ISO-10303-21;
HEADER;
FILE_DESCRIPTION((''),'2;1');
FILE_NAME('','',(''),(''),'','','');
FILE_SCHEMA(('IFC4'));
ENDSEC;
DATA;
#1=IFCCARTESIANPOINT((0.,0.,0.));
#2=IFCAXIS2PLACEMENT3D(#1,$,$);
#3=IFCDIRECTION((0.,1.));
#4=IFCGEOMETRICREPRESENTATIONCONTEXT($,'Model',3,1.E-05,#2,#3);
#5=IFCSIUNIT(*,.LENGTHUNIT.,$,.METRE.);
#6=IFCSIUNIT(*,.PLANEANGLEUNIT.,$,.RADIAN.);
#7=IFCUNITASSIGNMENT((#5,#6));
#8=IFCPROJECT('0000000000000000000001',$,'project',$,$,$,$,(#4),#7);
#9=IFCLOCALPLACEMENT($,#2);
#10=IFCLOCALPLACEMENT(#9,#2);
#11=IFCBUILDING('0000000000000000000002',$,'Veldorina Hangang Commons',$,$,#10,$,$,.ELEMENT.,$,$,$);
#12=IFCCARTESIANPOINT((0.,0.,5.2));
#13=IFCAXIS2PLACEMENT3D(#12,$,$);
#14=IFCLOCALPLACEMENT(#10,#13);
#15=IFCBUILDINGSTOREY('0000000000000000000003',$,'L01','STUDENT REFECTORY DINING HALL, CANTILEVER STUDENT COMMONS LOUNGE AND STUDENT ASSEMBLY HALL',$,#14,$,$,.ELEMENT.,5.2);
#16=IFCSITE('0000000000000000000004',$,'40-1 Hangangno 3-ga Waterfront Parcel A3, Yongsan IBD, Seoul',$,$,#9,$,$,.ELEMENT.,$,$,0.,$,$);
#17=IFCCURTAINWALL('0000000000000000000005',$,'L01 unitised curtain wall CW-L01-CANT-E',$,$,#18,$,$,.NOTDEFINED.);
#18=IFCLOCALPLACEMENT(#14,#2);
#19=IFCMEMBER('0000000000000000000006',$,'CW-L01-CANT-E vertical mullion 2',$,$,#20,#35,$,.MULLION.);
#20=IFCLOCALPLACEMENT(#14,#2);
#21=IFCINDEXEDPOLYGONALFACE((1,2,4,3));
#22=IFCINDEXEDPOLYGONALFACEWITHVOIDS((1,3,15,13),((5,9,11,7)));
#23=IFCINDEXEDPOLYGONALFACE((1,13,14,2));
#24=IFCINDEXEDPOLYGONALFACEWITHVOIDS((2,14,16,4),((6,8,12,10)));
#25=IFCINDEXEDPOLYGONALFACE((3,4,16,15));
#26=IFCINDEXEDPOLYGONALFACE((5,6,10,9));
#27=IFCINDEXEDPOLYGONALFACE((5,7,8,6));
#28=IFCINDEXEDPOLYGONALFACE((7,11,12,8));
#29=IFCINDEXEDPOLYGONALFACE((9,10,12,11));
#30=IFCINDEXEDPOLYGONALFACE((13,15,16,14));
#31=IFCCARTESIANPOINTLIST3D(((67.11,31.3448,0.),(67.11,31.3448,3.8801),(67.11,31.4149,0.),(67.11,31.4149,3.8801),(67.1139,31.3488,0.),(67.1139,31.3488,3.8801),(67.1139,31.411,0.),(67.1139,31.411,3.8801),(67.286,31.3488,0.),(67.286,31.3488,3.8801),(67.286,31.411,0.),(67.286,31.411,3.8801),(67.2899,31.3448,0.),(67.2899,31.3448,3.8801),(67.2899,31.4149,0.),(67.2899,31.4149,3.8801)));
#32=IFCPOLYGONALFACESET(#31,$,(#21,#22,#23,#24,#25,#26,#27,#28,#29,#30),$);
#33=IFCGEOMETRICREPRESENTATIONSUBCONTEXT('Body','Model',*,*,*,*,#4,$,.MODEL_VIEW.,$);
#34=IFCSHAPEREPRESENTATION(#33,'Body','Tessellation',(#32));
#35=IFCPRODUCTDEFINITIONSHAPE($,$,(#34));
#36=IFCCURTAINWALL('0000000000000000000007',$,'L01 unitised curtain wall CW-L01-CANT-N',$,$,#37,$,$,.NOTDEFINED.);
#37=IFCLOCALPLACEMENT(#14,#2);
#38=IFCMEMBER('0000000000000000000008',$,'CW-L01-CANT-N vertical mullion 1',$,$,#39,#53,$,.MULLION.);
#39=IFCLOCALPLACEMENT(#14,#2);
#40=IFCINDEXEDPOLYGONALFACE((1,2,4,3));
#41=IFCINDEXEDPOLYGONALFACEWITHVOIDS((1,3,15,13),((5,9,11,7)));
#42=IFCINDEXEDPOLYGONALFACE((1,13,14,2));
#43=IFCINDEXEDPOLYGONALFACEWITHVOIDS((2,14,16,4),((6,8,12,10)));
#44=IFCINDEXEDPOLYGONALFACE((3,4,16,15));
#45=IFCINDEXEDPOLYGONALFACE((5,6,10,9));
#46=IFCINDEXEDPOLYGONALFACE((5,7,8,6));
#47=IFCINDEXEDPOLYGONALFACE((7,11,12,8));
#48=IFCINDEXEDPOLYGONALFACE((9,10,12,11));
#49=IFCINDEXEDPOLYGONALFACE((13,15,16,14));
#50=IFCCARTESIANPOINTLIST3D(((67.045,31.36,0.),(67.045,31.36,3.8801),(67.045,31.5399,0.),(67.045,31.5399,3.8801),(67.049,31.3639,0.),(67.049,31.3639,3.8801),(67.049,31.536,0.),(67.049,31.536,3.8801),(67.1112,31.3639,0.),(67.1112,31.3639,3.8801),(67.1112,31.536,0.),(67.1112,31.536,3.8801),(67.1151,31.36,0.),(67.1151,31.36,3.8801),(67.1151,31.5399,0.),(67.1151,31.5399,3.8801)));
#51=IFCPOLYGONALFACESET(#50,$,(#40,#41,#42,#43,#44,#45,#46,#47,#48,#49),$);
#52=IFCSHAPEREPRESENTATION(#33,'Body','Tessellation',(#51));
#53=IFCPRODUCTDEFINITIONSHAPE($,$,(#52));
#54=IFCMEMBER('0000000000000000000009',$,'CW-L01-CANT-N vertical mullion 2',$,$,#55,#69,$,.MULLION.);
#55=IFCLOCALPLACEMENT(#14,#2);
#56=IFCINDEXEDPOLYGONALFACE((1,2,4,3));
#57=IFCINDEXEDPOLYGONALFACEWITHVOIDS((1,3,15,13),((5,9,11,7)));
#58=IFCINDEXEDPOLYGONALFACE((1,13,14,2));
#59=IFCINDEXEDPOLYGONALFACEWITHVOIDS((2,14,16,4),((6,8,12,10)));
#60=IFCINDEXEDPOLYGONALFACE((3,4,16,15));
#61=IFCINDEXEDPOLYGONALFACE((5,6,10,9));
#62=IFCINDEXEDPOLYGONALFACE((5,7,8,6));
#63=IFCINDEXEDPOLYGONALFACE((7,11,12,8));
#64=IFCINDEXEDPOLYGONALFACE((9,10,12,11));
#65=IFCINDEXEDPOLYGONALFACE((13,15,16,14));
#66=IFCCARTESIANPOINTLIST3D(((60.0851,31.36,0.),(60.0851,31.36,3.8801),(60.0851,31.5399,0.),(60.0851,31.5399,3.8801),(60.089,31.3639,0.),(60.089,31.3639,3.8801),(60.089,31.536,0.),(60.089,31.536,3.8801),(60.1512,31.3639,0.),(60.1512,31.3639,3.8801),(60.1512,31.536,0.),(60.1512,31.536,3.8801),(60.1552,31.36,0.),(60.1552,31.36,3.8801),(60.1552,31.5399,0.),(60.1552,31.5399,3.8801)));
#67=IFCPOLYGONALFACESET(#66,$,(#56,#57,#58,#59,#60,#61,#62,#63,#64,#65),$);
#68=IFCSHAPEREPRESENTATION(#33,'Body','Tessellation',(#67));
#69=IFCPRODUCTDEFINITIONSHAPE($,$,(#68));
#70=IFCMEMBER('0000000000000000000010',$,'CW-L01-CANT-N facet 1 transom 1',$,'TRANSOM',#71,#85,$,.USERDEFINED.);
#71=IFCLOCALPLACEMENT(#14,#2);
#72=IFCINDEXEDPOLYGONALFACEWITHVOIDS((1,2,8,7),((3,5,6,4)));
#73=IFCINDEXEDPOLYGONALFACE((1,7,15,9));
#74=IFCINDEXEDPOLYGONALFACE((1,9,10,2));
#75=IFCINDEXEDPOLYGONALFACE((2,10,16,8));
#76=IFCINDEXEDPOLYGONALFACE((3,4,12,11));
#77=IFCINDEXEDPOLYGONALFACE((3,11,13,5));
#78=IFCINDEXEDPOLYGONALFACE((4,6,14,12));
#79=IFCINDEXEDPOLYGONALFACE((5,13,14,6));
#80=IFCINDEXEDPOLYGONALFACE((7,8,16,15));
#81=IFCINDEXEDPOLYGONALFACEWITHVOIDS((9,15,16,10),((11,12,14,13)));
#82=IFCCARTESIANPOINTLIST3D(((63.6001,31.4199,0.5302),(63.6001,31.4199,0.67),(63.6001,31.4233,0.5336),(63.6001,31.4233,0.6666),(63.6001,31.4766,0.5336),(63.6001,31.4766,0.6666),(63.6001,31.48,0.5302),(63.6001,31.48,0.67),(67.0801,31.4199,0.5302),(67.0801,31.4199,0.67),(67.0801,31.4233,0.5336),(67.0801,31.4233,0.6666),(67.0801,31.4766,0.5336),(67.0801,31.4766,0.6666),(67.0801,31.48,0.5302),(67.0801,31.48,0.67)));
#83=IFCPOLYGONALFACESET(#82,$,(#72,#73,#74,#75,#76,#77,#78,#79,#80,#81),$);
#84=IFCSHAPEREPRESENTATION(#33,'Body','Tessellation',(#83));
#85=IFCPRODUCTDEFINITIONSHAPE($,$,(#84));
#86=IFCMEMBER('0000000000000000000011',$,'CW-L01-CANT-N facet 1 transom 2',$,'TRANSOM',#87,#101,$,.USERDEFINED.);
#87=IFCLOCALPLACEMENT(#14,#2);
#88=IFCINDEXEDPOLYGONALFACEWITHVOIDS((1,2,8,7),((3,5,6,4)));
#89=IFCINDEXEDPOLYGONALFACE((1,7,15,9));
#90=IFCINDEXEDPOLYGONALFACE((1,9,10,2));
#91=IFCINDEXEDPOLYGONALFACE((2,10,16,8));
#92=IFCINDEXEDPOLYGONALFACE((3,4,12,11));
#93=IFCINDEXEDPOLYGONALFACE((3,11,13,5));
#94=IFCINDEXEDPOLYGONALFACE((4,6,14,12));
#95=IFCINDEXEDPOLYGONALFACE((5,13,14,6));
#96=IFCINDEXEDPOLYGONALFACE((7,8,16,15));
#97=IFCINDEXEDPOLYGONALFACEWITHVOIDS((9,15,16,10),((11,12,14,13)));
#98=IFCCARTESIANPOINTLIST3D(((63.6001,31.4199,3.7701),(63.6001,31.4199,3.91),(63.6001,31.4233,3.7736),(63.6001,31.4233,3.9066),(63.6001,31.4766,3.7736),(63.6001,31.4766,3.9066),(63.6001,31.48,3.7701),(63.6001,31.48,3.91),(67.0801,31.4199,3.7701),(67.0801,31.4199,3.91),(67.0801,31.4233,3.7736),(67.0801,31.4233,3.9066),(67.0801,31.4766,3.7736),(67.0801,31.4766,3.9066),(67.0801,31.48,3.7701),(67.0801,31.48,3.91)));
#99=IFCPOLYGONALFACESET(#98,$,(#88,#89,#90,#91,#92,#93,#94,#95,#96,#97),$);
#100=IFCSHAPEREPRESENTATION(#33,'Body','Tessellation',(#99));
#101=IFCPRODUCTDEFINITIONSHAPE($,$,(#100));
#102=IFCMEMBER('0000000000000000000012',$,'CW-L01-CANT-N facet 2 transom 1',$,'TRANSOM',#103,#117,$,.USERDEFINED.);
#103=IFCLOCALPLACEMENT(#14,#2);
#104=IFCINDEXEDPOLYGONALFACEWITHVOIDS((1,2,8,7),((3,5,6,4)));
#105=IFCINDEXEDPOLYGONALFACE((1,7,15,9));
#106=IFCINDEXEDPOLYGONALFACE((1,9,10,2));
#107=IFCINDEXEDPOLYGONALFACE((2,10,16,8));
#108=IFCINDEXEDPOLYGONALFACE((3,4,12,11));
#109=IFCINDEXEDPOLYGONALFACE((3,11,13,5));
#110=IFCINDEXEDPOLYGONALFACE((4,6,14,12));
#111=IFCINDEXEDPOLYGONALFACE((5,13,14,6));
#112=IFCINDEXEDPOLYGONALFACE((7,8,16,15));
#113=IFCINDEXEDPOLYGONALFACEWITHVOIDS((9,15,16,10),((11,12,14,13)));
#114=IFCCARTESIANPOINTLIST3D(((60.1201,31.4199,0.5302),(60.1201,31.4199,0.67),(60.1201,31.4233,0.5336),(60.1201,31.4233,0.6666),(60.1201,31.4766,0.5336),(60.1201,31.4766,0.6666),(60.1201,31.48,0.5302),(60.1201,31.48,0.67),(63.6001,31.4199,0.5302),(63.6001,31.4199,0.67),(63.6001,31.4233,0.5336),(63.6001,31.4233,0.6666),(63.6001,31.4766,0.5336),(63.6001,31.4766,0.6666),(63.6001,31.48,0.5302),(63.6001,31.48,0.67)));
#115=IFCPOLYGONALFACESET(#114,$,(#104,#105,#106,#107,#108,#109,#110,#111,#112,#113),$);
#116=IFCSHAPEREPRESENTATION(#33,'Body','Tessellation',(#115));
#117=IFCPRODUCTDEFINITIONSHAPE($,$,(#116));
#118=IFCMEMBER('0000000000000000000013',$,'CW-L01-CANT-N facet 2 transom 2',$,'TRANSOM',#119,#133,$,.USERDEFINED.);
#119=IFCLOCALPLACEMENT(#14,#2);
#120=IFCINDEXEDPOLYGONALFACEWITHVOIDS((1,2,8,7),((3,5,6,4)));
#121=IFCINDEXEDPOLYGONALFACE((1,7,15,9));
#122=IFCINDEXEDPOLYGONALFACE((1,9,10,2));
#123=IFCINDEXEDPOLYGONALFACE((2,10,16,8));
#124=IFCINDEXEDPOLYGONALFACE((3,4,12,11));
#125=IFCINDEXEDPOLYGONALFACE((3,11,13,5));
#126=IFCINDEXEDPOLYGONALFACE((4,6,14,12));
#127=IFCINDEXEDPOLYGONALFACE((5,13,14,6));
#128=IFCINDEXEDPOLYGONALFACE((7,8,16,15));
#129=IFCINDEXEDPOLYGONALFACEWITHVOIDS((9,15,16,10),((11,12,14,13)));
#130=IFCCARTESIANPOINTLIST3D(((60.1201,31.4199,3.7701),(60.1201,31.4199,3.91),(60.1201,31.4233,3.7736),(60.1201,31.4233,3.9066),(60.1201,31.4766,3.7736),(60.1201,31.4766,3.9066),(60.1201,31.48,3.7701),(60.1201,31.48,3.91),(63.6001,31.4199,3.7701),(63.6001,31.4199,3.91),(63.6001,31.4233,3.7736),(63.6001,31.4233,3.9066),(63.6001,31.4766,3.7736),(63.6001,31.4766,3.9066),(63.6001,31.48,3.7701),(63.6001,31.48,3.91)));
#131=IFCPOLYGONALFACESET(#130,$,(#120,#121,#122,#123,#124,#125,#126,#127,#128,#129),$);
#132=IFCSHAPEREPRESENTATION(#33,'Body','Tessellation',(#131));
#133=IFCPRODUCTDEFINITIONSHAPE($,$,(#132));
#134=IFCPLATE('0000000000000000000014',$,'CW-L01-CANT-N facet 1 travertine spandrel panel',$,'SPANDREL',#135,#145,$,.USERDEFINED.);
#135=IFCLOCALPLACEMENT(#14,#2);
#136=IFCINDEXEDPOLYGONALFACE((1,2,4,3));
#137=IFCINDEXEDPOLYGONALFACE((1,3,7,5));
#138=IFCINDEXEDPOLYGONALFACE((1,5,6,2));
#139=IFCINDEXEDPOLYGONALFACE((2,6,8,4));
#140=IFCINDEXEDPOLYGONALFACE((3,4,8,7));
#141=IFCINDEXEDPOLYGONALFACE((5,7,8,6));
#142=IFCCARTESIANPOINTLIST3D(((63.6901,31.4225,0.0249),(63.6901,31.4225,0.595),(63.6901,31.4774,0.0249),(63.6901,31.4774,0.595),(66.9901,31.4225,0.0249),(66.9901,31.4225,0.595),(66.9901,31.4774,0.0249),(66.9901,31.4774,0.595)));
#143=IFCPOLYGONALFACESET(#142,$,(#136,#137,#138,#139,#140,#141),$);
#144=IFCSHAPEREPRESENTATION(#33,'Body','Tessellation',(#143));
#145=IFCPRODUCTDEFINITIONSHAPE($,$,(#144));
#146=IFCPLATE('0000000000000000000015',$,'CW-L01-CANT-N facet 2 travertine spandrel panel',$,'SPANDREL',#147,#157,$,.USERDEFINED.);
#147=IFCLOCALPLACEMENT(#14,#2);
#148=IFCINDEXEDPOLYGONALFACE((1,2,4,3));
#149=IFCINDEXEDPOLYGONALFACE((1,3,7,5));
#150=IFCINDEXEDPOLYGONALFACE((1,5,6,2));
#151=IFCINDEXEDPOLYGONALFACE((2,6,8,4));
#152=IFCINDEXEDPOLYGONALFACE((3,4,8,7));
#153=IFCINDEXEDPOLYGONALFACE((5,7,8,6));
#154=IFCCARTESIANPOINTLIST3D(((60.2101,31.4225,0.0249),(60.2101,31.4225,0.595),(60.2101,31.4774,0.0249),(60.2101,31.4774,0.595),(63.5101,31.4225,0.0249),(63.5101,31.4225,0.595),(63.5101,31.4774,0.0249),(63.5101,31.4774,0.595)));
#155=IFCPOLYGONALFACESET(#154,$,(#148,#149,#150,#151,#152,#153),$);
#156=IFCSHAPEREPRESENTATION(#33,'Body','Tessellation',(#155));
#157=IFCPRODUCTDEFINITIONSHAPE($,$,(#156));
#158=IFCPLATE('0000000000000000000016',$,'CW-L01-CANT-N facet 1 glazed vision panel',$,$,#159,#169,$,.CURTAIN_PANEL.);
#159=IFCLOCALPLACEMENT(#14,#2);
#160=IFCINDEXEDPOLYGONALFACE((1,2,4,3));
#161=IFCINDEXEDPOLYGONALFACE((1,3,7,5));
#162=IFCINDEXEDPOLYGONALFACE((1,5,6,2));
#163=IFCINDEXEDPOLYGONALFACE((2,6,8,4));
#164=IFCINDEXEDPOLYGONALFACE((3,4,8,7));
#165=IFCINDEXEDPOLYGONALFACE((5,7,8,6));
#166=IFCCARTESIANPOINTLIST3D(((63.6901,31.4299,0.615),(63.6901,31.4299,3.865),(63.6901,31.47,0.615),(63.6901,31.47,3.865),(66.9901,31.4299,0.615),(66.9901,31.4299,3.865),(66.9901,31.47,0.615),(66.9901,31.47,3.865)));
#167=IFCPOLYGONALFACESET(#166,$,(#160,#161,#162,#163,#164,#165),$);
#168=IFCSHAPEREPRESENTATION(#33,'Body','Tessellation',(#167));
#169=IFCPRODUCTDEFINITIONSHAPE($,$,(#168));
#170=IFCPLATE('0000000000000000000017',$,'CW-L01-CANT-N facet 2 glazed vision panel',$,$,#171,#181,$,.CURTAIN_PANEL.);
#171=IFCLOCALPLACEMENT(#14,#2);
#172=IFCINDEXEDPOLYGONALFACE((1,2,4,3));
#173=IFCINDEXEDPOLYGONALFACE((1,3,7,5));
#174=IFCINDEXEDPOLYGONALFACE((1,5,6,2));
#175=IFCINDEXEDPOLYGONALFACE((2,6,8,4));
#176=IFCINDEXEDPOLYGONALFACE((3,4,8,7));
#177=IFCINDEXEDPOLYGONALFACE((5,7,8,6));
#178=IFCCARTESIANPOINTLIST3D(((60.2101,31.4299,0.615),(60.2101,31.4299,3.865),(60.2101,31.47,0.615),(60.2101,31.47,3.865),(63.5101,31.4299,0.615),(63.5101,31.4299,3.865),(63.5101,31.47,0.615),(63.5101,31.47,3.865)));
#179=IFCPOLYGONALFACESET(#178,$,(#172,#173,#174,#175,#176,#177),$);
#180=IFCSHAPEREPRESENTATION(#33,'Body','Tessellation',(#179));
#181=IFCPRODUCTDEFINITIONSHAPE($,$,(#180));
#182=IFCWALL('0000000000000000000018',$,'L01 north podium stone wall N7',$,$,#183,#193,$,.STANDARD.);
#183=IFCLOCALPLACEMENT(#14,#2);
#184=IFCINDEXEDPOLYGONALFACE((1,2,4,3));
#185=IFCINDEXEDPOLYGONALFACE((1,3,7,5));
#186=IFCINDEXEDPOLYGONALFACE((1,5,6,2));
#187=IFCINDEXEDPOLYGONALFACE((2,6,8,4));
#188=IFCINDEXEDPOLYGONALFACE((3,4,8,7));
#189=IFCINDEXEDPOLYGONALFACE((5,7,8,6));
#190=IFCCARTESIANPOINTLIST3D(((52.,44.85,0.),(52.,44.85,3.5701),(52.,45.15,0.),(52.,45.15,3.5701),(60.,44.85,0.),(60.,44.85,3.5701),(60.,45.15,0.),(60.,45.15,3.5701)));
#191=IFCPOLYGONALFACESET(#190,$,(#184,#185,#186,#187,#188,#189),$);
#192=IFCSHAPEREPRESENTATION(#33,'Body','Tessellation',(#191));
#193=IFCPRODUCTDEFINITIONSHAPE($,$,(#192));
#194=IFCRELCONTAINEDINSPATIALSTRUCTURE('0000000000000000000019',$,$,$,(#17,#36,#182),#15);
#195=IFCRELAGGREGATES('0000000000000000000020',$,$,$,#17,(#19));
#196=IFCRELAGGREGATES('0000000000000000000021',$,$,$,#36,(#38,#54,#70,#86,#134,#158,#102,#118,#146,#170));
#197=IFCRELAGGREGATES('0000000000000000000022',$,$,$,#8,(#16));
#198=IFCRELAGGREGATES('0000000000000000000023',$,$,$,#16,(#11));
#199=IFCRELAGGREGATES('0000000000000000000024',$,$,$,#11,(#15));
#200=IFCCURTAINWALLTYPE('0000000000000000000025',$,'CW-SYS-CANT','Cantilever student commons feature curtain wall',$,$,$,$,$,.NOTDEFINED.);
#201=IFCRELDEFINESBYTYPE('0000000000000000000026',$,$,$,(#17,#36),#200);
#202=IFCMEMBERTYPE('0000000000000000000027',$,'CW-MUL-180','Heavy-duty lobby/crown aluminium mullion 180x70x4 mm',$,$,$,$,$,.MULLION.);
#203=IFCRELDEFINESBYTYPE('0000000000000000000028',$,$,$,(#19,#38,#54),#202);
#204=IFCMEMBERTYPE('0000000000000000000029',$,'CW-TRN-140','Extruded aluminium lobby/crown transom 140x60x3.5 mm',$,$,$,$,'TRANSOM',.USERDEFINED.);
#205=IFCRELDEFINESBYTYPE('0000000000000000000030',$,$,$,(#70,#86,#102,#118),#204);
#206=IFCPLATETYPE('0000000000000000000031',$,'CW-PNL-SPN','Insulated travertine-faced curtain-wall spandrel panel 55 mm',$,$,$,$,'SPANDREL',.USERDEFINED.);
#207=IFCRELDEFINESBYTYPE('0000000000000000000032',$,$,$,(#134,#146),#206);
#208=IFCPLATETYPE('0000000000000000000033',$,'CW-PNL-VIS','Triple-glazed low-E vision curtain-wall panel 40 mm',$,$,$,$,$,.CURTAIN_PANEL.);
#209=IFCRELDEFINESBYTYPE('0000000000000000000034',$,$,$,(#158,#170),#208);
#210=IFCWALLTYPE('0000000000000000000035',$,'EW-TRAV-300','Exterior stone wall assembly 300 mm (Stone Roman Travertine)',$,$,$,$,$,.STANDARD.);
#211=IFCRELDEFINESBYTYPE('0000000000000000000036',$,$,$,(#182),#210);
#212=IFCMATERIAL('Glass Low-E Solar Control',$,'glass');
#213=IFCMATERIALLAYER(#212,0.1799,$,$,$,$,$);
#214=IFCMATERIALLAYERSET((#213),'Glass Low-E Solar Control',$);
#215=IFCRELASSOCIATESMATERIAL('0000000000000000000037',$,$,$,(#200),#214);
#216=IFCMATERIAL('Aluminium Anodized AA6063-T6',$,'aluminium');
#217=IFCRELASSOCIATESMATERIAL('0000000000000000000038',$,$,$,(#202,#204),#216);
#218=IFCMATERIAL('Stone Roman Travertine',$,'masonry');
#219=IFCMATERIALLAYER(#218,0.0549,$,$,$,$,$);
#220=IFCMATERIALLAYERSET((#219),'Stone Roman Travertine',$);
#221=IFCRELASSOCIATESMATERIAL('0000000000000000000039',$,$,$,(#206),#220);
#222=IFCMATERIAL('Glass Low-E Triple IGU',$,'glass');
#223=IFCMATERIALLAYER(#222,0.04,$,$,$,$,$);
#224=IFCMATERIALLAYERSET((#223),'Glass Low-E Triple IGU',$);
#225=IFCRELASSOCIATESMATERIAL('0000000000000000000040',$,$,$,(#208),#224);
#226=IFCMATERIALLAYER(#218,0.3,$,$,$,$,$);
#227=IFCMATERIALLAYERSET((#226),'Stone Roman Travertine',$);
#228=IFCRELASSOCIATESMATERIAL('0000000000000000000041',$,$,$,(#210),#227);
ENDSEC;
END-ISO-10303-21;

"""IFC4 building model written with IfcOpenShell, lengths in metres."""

from ifc_helpers import new_model, si_unit, direction, frame, frame_2d, origin, origin_2d, place, context, subcontext, project, spatial, rectangle, hollow_rectangle, extrude, material, layer, layer_set, material_profile, profile_set, type_object, element, aggregate, save


model = new_model("IFC4")

# Units and contexts
model_context = context("Model", 3, precision=1e-05, world=origin(), true_north=direction((0.0, 1.0)))
body_context = subcontext(model_context, "Body", "Model", "MODEL_VIEW")
ifc_project = project(units=[si_unit("LENGTHUNIT", "METRE"), si_unit("PLANEANGLEUNIT", "RADIAN")], contexts=[model_context])

# Site, building, storey
site_placement = place(None, origin())
site = spatial("IfcSite", under=ifc_project, at=site_placement, Name="40-1 Hangangno 3-ga Waterfront Parcel A3, Yongsan IBD, Seoul", CompositionType="ELEMENT", RefElevation=0.0)
building_placement = place(site_placement, origin())
building = spatial("IfcBuilding", under=site, at=building_placement, Name="Veldorina Hangang Commons", CompositionType="ELEMENT")
storey_placement = place(building_placement, frame((0.0, 0.0, 5.2)))
storey = spatial("IfcBuildingStorey", under=building, at=storey_placement, Name="L01", Description="STUDENT REFECTORY DINING HALL, CANTILEVER STUDENT COMMONS LOUNGE AND STUDENT ASSEMBLY HALL", CompositionType="ELEMENT", Elevation=5.2)

# Curtain wall, member
ifc_material_1 = material(Name="Glass Low-E Solar Control", Category="glass")
ifc_layer_1 = layer(ifc_material_1, 0.1799)
ifc_layer_set_1 = layer_set([ifc_layer_1], Name="Glass Low-E Solar Control")
curtain_wall_type = type_object("IfcCurtainWallType", Name="CW-SYS-CANT", Description="Cantilever student commons feature curtain wall", PredefinedType="NOTDEFINED", material=ifc_layer_set_1)
curtain_wall_1_placement = place(storey_placement, origin())
curtain_wall_1 = element("IfcCurtainWall", 1, at=curtain_wall_1_placement, inside=storey, type_object=curtain_wall_type, Name="L01 unitised curtain wall CW-L01-CANT-E", PredefinedType="NOTDEFINED")
ifc_material_2 = material(Name="Aluminium Anodized AA6063-T6", Category="aluminium")
ifc_material_profile_1 = material_profile(ifc_material_2, hollow_rectangle(XDim=0.0701, YDim=0.1799, WallThickness=0.0039, at=origin_2d()), Name="ALU-RHS-180x70x4")
ifc_profile_set_1 = profile_set([ifc_material_profile_1], Name="Aluminium Anodized AA6063-T6")
member_type_1 = type_object("IfcMemberType", Name="CW-MUL-180", Description="Heavy-duty lobby/crown aluminium mullion 180x70x4 mm", PredefinedType="MULLION", material=ifc_profile_set_1)
member_1_placement = place(storey_placement, frame((67.2, 31.3799, 0.0), z_axis=(0.0, 0.0, 1.0), x_axis=(0.0, -1.0, 0.0)))
member_1 = element("IfcMember", 2, at=member_1_placement, type_object=member_type_1, Name="CW-L01-CANT-E vertical mullion 2", PredefinedType="MULLION", context=body_context, shape_type="SweptSolid", body=[
    extrude(hollow_rectangle(XDim=0.0701, YDim=0.1799, WallThickness=0.0039, at=origin_2d()), origin(), (0.0, 0.0, 1.0), 3.8801),
])
aggregate(curtain_wall_1, [member_1])

# Curtain wall, members, plates
curtain_wall_2_placement = place(storey_placement, origin())
curtain_wall_2 = element("IfcCurtainWall", 3, at=curtain_wall_2_placement, inside=storey, type_object=curtain_wall_type, Name="L01 unitised curtain wall CW-L01-CANT-N", PredefinedType="NOTDEFINED")
member_2_placement = place(storey_placement, frame((67.0801, 31.45, 0.0), z_axis=(0.0, 0.0, 1.0), x_axis=(-1.0, 0.0, 0.0)))
member_2 = element("IfcMember", 4, at=member_2_placement, type_object=member_type_1, Name="CW-L01-CANT-N vertical mullion 1", PredefinedType="MULLION", context=body_context, shape_type="SweptSolid", body=[
    extrude(hollow_rectangle(XDim=0.0701, YDim=0.1799, WallThickness=0.0039, at=origin_2d()), origin(), (0.0, 0.0, 1.0), 3.8801),
])
member_3_placement = place(storey_placement, frame((60.1201, 31.45, 0.0), z_axis=(0.0, 0.0, 1.0), x_axis=(1.0, 0.0, 0.0)))
member_3 = element("IfcMember", 5, at=member_3_placement, type_object=member_type_1, Name="CW-L01-CANT-N vertical mullion 2", PredefinedType="MULLION", context=body_context, shape_type="SweptSolid", body=[
    extrude(hollow_rectangle(XDim=0.0701, YDim=0.1799, WallThickness=0.0039, at=origin_2d()), origin(), (0.0, 0.0, 1.0), 3.8801),
])
ifc_material_profile_2 = material_profile(ifc_material_2, hollow_rectangle(XDim=0.0601, YDim=0.1399, WallThickness=0.0034, at=origin_2d()), Name="ALU-RHS-140x60x3.5")
ifc_profile_set_2 = profile_set([ifc_material_profile_2], Name="Aluminium Anodized AA6063-T6")
member_type_2 = type_object("IfcMemberType", Name="CW-TRN-140", Description="Extruded aluminium lobby/crown transom 140x60x3.5 mm", ElementType="TRANSOM", PredefinedType="USERDEFINED", material=ifc_profile_set_2)
member_4_placement = place(storey_placement, frame((67.0801, 31.45, 0.6001), z_axis=(-1.0, 0.0, 0.0), x_axis=(0.0, -1.0, 0.0)))
member_4 = element("IfcMember", 6, at=member_4_placement, type_object=member_type_2, Name="CW-L01-CANT-N facet 1 transom 1", ObjectType="TRANSOM", PredefinedType="USERDEFINED", context=body_context, shape_type="SweptSolid", body=[
    extrude(hollow_rectangle(XDim=0.0601, YDim=0.1399, WallThickness=0.0034, at=origin_2d()), origin(), (0.0, 0.0, 1.0), 3.48),
])
member_5_placement = place(storey_placement, frame((67.0801, 31.45, 3.8401), z_axis=(-1.0, 0.0, 0.0), x_axis=(0.0, -1.0, 0.0)))
member_5 = element("IfcMember", 7, at=member_5_placement, type_object=member_type_2, Name="CW-L01-CANT-N facet 1 transom 2", ObjectType="TRANSOM", PredefinedType="USERDEFINED", context=body_context, shape_type="SweptSolid", body=[
    extrude(hollow_rectangle(XDim=0.0601, YDim=0.1399, WallThickness=0.0034, at=origin_2d()), origin(), (0.0, 0.0, 1.0), 3.48),
])
member_6_placement = place(storey_placement, frame((63.6001, 31.45, 0.6001), z_axis=(-1.0, 0.0, 0.0), x_axis=(0.0, -1.0, 0.0)))
member_6 = element("IfcMember", 8, at=member_6_placement, type_object=member_type_2, Name="CW-L01-CANT-N facet 2 transom 1", ObjectType="TRANSOM", PredefinedType="USERDEFINED", context=body_context, shape_type="SweptSolid", body=[
    extrude(hollow_rectangle(XDim=0.0601, YDim=0.1399, WallThickness=0.0034, at=origin_2d()), origin(), (0.0, 0.0, 1.0), 3.48),
])
member_7_placement = place(storey_placement, frame((63.6001, 31.45, 3.8401), z_axis=(-1.0, 0.0, 0.0), x_axis=(0.0, -1.0, 0.0)))
member_7 = element("IfcMember", 9, at=member_7_placement, type_object=member_type_2, Name="CW-L01-CANT-N facet 2 transom 2", ObjectType="TRANSOM", PredefinedType="USERDEFINED", context=body_context, shape_type="SweptSolid", body=[
    extrude(hollow_rectangle(XDim=0.0601, YDim=0.1399, WallThickness=0.0034, at=origin_2d()), origin(), (0.0, 0.0, 1.0), 3.48),
])
ifc_material_3 = material(Name="Stone Roman Travertine", Category="masonry")
ifc_layer_2 = layer(ifc_material_3, 0.0549)
ifc_layer_set_2 = layer_set([ifc_layer_2], Name="Stone Roman Travertine")
plate_type_1 = type_object("IfcPlateType", Name="CW-PNL-SPN", Description="Insulated travertine-faced curtain-wall spandrel panel 55 mm", ElementType="SPANDREL", PredefinedType="USERDEFINED", material=ifc_layer_set_2)
plate_1_placement = place(storey_placement, frame((65.3401, 31.45, 0.0249), z_axis=(0.0, 0.0, 1.0), x_axis=(-1.0, 0.0, 0.0)))
plate_1 = element("IfcPlate", 10, at=plate_1_placement, type_object=plate_type_1, Name="CW-L01-CANT-N facet 1 travertine spandrel panel", ObjectType="SPANDREL", PredefinedType="USERDEFINED", context=body_context, shape_type="SweptSolid", body=[
    extrude(rectangle(XDim=3.3, YDim=0.0549, at=origin_2d()), origin(), (0.0, 0.0, 1.0), 0.5701),
])
plate_2_placement = place(storey_placement, frame((61.8601, 31.45, 0.0249), z_axis=(0.0, 0.0, 1.0), x_axis=(-1.0, 0.0, 0.0)))
plate_2 = element("IfcPlate", 11, at=plate_2_placement, type_object=plate_type_1, Name="CW-L01-CANT-N facet 2 travertine spandrel panel", ObjectType="SPANDREL", PredefinedType="USERDEFINED", context=body_context, shape_type="SweptSolid", body=[
    extrude(rectangle(XDim=3.3, YDim=0.0549, at=origin_2d()), origin(), (0.0, 0.0, 1.0), 0.5701),
])
ifc_material_4 = material(Name="Glass Low-E Triple IGU", Category="glass")
ifc_layer_3 = layer(ifc_material_4, 0.04)
ifc_layer_set_3 = layer_set([ifc_layer_3], Name="Glass Low-E Triple IGU")
plate_type_2 = type_object("IfcPlateType", Name="CW-PNL-VIS", Description="Triple-glazed low-E vision curtain-wall panel 40 mm", PredefinedType="CURTAIN_PANEL", material=ifc_layer_set_3)
plate_3_placement = place(storey_placement, frame((65.3401, 31.45, 0.615), z_axis=(0.0, 0.0, 1.0), x_axis=(-1.0, 0.0, 0.0)))
plate_3 = element("IfcPlate", 12, at=plate_3_placement, type_object=plate_type_2, Name="CW-L01-CANT-N facet 1 glazed vision panel", PredefinedType="CURTAIN_PANEL", context=body_context, shape_type="SweptSolid", body=[
    extrude(rectangle(XDim=3.3, YDim=0.04, at=origin_2d()), origin(), (0.0, 0.0, 1.0), 3.25),
])
plate_4_placement = place(storey_placement, frame((61.8601, 31.45, 0.615), z_axis=(0.0, 0.0, 1.0), x_axis=(-1.0, 0.0, 0.0)))
plate_4 = element("IfcPlate", 13, at=plate_4_placement, type_object=plate_type_2, Name="CW-L01-CANT-N facet 2 glazed vision panel", PredefinedType="CURTAIN_PANEL", context=body_context, shape_type="SweptSolid", body=[
    extrude(rectangle(XDim=3.3, YDim=0.04, at=origin_2d()), origin(), (0.0, 0.0, 1.0), 3.25),
])
aggregate(curtain_wall_2, [member_2, member_3, member_4, member_5, plate_1, plate_3, member_6, member_7, plate_2, plate_4])

# Wall
ifc_layer_4 = layer(ifc_material_3, 0.3)
ifc_layer_set_4 = layer_set([ifc_layer_4], Name="Stone Roman Travertine")
wall_type = type_object("IfcWallType", Name="EW-TRAV-300", Description="Exterior stone wall assembly 300 mm (Stone Roman Travertine)", PredefinedType="STANDARD", material=ifc_layer_set_4)
wall_1_placement = place(storey_placement, frame((60.0, 45.0, 0.0), z_axis=(0.0, 0.0, 1.0), x_axis=(-1.0, 0.0, 0.0)))
element("IfcWall", 14, at=wall_1_placement, inside=storey, type_object=wall_type, Name="L01 north podium stone wall N7", PredefinedType="STANDARD", context=body_context, shape_type="SweptSolid", body=[
    extrude(rectangle(XDim=8.0, YDim=0.3, at=frame_2d((4.0, 0.0))), origin(), (0.0, 0.0, 1.0), 3.5701),
])

save(model, "model.ifc")
